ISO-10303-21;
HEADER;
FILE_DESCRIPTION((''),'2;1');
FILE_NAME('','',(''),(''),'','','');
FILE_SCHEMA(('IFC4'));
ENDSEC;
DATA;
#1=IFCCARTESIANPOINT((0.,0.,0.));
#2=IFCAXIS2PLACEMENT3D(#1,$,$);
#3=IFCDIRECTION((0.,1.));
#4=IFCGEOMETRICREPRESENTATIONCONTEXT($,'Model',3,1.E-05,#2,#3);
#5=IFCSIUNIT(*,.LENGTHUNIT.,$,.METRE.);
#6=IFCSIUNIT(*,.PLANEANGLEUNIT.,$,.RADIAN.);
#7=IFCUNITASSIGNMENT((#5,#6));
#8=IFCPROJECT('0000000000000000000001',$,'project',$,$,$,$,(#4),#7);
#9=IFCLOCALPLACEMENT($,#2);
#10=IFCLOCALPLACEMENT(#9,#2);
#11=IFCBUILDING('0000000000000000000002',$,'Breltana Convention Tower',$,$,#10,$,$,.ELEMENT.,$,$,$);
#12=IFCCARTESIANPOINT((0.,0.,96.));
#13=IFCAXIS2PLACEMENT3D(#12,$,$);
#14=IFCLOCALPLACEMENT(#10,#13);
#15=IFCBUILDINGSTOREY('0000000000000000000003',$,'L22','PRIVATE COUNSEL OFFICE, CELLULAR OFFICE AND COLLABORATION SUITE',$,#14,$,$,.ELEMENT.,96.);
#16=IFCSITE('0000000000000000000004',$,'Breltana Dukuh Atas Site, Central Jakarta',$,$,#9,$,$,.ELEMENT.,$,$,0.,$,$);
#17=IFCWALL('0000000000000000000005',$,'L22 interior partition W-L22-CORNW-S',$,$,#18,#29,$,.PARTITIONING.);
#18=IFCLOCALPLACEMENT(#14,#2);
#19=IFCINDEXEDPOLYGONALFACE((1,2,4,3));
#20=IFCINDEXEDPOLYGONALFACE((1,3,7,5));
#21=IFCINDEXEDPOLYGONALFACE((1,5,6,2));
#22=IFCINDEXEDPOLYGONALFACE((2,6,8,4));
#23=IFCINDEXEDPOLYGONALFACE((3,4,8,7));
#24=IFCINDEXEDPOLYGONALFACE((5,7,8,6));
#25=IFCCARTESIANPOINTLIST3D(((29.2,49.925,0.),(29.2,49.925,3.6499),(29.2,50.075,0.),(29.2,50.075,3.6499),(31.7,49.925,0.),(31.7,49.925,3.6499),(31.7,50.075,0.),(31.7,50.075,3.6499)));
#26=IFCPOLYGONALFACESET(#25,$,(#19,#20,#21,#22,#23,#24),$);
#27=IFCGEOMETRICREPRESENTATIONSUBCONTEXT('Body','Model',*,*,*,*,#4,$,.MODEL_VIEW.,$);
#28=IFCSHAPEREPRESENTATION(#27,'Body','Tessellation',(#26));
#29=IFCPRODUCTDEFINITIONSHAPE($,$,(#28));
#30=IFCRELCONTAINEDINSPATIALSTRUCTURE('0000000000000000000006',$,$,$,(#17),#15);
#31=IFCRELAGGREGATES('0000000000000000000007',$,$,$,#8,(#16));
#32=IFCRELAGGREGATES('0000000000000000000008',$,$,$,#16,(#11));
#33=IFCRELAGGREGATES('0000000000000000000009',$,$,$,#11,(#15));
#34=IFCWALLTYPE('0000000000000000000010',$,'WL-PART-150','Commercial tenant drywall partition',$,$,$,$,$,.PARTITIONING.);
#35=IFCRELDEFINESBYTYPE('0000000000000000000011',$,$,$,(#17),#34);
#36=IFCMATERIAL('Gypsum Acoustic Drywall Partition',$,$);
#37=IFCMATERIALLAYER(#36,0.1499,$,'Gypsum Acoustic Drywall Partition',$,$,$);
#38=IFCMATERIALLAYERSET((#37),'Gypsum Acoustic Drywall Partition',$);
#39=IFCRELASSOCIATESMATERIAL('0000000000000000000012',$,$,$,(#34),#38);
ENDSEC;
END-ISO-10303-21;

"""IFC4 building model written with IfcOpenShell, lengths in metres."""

from ifc_helpers import new_model, si_unit, direction, frame, frame_2d, origin, place, context, subcontext, project, spatial, rectangle, extrude, source, transform, mapped, material, layer, layer_set, type_object, element, save


model = new_model("IFC4")

# Units and contexts
model_context = context("Model", 3, precision=1e-05, world=origin(), true_north=direction((0.0, 1.0)))
body_context = subcontext(model_context, "Body", "Model", "MODEL_VIEW")
ifc_project = project(units=[si_unit("LENGTHUNIT", "METRE"), si_unit("PLANEANGLEUNIT", "RADIAN")], contexts=[model_context])

# Site, building, storey
site_placement = place(None, origin())
site = spatial("IfcSite", under=ifc_project, at=site_placement, Name="Breltana Dukuh Atas Site, Central Jakarta", CompositionType="ELEMENT", RefElevation=0.0)
building_placement = place(site_placement, origin())
building = spatial("IfcBuilding", under=site, at=building_placement, Name="Breltana Convention Tower", CompositionType="ELEMENT")
storey_placement = place(building_placement, frame((0.0, 0.0, 96.0)))
storey = spatial("IfcBuildingStorey", under=building, at=storey_placement, Name="L22", Description="PRIVATE COUNSEL OFFICE, CELLULAR OFFICE AND COLLABORATION SUITE", CompositionType="ELEMENT", Elevation=96.0)

# Wall
ifc_material_1 = material(Name="Gypsum Acoustic Drywall Partition")
ifc_layer_1 = layer(ifc_material_1, 0.1499, Name="Gypsum Acoustic Drywall Partition")
ifc_layer_set_1 = layer_set([ifc_layer_1], Name="Gypsum Acoustic Drywall Partition")
wall_type_1 = type_object("IfcWallType", Name="WL-PART-150", Description="Commercial tenant drywall partition", PredefinedType="PARTITIONING", material=ifc_layer_set_1)
shared_shape_1 = source(origin(), body_context, "Body", "SweptSolid", [
    extrude(rectangle(XDim=2.5, YDim=0.1499, at=frame_2d((1.25, 0.0))), origin(), (0.0, 0.0, 1.0), 3.6499),
])
wall_1_placement = place(storey_placement, frame((29.2, 50.0, 0.0), z_axis=(0.0, 0.0, 1.0), x_axis=(1.0, 0.0, 0.0)))
element("IfcWall", 1, at=wall_1_placement, inside=storey, type_object=wall_type_1, Name="L22 interior partition W-L22-CORNW-S", PredefinedType="PARTITIONING", context=body_context, shape_type="MappedRepresentation", body=[
    mapped(shared_shape_1, transform((0.0, 0.0, 0.0), scale=1.0)),
])

save(model, "model.ifc")
